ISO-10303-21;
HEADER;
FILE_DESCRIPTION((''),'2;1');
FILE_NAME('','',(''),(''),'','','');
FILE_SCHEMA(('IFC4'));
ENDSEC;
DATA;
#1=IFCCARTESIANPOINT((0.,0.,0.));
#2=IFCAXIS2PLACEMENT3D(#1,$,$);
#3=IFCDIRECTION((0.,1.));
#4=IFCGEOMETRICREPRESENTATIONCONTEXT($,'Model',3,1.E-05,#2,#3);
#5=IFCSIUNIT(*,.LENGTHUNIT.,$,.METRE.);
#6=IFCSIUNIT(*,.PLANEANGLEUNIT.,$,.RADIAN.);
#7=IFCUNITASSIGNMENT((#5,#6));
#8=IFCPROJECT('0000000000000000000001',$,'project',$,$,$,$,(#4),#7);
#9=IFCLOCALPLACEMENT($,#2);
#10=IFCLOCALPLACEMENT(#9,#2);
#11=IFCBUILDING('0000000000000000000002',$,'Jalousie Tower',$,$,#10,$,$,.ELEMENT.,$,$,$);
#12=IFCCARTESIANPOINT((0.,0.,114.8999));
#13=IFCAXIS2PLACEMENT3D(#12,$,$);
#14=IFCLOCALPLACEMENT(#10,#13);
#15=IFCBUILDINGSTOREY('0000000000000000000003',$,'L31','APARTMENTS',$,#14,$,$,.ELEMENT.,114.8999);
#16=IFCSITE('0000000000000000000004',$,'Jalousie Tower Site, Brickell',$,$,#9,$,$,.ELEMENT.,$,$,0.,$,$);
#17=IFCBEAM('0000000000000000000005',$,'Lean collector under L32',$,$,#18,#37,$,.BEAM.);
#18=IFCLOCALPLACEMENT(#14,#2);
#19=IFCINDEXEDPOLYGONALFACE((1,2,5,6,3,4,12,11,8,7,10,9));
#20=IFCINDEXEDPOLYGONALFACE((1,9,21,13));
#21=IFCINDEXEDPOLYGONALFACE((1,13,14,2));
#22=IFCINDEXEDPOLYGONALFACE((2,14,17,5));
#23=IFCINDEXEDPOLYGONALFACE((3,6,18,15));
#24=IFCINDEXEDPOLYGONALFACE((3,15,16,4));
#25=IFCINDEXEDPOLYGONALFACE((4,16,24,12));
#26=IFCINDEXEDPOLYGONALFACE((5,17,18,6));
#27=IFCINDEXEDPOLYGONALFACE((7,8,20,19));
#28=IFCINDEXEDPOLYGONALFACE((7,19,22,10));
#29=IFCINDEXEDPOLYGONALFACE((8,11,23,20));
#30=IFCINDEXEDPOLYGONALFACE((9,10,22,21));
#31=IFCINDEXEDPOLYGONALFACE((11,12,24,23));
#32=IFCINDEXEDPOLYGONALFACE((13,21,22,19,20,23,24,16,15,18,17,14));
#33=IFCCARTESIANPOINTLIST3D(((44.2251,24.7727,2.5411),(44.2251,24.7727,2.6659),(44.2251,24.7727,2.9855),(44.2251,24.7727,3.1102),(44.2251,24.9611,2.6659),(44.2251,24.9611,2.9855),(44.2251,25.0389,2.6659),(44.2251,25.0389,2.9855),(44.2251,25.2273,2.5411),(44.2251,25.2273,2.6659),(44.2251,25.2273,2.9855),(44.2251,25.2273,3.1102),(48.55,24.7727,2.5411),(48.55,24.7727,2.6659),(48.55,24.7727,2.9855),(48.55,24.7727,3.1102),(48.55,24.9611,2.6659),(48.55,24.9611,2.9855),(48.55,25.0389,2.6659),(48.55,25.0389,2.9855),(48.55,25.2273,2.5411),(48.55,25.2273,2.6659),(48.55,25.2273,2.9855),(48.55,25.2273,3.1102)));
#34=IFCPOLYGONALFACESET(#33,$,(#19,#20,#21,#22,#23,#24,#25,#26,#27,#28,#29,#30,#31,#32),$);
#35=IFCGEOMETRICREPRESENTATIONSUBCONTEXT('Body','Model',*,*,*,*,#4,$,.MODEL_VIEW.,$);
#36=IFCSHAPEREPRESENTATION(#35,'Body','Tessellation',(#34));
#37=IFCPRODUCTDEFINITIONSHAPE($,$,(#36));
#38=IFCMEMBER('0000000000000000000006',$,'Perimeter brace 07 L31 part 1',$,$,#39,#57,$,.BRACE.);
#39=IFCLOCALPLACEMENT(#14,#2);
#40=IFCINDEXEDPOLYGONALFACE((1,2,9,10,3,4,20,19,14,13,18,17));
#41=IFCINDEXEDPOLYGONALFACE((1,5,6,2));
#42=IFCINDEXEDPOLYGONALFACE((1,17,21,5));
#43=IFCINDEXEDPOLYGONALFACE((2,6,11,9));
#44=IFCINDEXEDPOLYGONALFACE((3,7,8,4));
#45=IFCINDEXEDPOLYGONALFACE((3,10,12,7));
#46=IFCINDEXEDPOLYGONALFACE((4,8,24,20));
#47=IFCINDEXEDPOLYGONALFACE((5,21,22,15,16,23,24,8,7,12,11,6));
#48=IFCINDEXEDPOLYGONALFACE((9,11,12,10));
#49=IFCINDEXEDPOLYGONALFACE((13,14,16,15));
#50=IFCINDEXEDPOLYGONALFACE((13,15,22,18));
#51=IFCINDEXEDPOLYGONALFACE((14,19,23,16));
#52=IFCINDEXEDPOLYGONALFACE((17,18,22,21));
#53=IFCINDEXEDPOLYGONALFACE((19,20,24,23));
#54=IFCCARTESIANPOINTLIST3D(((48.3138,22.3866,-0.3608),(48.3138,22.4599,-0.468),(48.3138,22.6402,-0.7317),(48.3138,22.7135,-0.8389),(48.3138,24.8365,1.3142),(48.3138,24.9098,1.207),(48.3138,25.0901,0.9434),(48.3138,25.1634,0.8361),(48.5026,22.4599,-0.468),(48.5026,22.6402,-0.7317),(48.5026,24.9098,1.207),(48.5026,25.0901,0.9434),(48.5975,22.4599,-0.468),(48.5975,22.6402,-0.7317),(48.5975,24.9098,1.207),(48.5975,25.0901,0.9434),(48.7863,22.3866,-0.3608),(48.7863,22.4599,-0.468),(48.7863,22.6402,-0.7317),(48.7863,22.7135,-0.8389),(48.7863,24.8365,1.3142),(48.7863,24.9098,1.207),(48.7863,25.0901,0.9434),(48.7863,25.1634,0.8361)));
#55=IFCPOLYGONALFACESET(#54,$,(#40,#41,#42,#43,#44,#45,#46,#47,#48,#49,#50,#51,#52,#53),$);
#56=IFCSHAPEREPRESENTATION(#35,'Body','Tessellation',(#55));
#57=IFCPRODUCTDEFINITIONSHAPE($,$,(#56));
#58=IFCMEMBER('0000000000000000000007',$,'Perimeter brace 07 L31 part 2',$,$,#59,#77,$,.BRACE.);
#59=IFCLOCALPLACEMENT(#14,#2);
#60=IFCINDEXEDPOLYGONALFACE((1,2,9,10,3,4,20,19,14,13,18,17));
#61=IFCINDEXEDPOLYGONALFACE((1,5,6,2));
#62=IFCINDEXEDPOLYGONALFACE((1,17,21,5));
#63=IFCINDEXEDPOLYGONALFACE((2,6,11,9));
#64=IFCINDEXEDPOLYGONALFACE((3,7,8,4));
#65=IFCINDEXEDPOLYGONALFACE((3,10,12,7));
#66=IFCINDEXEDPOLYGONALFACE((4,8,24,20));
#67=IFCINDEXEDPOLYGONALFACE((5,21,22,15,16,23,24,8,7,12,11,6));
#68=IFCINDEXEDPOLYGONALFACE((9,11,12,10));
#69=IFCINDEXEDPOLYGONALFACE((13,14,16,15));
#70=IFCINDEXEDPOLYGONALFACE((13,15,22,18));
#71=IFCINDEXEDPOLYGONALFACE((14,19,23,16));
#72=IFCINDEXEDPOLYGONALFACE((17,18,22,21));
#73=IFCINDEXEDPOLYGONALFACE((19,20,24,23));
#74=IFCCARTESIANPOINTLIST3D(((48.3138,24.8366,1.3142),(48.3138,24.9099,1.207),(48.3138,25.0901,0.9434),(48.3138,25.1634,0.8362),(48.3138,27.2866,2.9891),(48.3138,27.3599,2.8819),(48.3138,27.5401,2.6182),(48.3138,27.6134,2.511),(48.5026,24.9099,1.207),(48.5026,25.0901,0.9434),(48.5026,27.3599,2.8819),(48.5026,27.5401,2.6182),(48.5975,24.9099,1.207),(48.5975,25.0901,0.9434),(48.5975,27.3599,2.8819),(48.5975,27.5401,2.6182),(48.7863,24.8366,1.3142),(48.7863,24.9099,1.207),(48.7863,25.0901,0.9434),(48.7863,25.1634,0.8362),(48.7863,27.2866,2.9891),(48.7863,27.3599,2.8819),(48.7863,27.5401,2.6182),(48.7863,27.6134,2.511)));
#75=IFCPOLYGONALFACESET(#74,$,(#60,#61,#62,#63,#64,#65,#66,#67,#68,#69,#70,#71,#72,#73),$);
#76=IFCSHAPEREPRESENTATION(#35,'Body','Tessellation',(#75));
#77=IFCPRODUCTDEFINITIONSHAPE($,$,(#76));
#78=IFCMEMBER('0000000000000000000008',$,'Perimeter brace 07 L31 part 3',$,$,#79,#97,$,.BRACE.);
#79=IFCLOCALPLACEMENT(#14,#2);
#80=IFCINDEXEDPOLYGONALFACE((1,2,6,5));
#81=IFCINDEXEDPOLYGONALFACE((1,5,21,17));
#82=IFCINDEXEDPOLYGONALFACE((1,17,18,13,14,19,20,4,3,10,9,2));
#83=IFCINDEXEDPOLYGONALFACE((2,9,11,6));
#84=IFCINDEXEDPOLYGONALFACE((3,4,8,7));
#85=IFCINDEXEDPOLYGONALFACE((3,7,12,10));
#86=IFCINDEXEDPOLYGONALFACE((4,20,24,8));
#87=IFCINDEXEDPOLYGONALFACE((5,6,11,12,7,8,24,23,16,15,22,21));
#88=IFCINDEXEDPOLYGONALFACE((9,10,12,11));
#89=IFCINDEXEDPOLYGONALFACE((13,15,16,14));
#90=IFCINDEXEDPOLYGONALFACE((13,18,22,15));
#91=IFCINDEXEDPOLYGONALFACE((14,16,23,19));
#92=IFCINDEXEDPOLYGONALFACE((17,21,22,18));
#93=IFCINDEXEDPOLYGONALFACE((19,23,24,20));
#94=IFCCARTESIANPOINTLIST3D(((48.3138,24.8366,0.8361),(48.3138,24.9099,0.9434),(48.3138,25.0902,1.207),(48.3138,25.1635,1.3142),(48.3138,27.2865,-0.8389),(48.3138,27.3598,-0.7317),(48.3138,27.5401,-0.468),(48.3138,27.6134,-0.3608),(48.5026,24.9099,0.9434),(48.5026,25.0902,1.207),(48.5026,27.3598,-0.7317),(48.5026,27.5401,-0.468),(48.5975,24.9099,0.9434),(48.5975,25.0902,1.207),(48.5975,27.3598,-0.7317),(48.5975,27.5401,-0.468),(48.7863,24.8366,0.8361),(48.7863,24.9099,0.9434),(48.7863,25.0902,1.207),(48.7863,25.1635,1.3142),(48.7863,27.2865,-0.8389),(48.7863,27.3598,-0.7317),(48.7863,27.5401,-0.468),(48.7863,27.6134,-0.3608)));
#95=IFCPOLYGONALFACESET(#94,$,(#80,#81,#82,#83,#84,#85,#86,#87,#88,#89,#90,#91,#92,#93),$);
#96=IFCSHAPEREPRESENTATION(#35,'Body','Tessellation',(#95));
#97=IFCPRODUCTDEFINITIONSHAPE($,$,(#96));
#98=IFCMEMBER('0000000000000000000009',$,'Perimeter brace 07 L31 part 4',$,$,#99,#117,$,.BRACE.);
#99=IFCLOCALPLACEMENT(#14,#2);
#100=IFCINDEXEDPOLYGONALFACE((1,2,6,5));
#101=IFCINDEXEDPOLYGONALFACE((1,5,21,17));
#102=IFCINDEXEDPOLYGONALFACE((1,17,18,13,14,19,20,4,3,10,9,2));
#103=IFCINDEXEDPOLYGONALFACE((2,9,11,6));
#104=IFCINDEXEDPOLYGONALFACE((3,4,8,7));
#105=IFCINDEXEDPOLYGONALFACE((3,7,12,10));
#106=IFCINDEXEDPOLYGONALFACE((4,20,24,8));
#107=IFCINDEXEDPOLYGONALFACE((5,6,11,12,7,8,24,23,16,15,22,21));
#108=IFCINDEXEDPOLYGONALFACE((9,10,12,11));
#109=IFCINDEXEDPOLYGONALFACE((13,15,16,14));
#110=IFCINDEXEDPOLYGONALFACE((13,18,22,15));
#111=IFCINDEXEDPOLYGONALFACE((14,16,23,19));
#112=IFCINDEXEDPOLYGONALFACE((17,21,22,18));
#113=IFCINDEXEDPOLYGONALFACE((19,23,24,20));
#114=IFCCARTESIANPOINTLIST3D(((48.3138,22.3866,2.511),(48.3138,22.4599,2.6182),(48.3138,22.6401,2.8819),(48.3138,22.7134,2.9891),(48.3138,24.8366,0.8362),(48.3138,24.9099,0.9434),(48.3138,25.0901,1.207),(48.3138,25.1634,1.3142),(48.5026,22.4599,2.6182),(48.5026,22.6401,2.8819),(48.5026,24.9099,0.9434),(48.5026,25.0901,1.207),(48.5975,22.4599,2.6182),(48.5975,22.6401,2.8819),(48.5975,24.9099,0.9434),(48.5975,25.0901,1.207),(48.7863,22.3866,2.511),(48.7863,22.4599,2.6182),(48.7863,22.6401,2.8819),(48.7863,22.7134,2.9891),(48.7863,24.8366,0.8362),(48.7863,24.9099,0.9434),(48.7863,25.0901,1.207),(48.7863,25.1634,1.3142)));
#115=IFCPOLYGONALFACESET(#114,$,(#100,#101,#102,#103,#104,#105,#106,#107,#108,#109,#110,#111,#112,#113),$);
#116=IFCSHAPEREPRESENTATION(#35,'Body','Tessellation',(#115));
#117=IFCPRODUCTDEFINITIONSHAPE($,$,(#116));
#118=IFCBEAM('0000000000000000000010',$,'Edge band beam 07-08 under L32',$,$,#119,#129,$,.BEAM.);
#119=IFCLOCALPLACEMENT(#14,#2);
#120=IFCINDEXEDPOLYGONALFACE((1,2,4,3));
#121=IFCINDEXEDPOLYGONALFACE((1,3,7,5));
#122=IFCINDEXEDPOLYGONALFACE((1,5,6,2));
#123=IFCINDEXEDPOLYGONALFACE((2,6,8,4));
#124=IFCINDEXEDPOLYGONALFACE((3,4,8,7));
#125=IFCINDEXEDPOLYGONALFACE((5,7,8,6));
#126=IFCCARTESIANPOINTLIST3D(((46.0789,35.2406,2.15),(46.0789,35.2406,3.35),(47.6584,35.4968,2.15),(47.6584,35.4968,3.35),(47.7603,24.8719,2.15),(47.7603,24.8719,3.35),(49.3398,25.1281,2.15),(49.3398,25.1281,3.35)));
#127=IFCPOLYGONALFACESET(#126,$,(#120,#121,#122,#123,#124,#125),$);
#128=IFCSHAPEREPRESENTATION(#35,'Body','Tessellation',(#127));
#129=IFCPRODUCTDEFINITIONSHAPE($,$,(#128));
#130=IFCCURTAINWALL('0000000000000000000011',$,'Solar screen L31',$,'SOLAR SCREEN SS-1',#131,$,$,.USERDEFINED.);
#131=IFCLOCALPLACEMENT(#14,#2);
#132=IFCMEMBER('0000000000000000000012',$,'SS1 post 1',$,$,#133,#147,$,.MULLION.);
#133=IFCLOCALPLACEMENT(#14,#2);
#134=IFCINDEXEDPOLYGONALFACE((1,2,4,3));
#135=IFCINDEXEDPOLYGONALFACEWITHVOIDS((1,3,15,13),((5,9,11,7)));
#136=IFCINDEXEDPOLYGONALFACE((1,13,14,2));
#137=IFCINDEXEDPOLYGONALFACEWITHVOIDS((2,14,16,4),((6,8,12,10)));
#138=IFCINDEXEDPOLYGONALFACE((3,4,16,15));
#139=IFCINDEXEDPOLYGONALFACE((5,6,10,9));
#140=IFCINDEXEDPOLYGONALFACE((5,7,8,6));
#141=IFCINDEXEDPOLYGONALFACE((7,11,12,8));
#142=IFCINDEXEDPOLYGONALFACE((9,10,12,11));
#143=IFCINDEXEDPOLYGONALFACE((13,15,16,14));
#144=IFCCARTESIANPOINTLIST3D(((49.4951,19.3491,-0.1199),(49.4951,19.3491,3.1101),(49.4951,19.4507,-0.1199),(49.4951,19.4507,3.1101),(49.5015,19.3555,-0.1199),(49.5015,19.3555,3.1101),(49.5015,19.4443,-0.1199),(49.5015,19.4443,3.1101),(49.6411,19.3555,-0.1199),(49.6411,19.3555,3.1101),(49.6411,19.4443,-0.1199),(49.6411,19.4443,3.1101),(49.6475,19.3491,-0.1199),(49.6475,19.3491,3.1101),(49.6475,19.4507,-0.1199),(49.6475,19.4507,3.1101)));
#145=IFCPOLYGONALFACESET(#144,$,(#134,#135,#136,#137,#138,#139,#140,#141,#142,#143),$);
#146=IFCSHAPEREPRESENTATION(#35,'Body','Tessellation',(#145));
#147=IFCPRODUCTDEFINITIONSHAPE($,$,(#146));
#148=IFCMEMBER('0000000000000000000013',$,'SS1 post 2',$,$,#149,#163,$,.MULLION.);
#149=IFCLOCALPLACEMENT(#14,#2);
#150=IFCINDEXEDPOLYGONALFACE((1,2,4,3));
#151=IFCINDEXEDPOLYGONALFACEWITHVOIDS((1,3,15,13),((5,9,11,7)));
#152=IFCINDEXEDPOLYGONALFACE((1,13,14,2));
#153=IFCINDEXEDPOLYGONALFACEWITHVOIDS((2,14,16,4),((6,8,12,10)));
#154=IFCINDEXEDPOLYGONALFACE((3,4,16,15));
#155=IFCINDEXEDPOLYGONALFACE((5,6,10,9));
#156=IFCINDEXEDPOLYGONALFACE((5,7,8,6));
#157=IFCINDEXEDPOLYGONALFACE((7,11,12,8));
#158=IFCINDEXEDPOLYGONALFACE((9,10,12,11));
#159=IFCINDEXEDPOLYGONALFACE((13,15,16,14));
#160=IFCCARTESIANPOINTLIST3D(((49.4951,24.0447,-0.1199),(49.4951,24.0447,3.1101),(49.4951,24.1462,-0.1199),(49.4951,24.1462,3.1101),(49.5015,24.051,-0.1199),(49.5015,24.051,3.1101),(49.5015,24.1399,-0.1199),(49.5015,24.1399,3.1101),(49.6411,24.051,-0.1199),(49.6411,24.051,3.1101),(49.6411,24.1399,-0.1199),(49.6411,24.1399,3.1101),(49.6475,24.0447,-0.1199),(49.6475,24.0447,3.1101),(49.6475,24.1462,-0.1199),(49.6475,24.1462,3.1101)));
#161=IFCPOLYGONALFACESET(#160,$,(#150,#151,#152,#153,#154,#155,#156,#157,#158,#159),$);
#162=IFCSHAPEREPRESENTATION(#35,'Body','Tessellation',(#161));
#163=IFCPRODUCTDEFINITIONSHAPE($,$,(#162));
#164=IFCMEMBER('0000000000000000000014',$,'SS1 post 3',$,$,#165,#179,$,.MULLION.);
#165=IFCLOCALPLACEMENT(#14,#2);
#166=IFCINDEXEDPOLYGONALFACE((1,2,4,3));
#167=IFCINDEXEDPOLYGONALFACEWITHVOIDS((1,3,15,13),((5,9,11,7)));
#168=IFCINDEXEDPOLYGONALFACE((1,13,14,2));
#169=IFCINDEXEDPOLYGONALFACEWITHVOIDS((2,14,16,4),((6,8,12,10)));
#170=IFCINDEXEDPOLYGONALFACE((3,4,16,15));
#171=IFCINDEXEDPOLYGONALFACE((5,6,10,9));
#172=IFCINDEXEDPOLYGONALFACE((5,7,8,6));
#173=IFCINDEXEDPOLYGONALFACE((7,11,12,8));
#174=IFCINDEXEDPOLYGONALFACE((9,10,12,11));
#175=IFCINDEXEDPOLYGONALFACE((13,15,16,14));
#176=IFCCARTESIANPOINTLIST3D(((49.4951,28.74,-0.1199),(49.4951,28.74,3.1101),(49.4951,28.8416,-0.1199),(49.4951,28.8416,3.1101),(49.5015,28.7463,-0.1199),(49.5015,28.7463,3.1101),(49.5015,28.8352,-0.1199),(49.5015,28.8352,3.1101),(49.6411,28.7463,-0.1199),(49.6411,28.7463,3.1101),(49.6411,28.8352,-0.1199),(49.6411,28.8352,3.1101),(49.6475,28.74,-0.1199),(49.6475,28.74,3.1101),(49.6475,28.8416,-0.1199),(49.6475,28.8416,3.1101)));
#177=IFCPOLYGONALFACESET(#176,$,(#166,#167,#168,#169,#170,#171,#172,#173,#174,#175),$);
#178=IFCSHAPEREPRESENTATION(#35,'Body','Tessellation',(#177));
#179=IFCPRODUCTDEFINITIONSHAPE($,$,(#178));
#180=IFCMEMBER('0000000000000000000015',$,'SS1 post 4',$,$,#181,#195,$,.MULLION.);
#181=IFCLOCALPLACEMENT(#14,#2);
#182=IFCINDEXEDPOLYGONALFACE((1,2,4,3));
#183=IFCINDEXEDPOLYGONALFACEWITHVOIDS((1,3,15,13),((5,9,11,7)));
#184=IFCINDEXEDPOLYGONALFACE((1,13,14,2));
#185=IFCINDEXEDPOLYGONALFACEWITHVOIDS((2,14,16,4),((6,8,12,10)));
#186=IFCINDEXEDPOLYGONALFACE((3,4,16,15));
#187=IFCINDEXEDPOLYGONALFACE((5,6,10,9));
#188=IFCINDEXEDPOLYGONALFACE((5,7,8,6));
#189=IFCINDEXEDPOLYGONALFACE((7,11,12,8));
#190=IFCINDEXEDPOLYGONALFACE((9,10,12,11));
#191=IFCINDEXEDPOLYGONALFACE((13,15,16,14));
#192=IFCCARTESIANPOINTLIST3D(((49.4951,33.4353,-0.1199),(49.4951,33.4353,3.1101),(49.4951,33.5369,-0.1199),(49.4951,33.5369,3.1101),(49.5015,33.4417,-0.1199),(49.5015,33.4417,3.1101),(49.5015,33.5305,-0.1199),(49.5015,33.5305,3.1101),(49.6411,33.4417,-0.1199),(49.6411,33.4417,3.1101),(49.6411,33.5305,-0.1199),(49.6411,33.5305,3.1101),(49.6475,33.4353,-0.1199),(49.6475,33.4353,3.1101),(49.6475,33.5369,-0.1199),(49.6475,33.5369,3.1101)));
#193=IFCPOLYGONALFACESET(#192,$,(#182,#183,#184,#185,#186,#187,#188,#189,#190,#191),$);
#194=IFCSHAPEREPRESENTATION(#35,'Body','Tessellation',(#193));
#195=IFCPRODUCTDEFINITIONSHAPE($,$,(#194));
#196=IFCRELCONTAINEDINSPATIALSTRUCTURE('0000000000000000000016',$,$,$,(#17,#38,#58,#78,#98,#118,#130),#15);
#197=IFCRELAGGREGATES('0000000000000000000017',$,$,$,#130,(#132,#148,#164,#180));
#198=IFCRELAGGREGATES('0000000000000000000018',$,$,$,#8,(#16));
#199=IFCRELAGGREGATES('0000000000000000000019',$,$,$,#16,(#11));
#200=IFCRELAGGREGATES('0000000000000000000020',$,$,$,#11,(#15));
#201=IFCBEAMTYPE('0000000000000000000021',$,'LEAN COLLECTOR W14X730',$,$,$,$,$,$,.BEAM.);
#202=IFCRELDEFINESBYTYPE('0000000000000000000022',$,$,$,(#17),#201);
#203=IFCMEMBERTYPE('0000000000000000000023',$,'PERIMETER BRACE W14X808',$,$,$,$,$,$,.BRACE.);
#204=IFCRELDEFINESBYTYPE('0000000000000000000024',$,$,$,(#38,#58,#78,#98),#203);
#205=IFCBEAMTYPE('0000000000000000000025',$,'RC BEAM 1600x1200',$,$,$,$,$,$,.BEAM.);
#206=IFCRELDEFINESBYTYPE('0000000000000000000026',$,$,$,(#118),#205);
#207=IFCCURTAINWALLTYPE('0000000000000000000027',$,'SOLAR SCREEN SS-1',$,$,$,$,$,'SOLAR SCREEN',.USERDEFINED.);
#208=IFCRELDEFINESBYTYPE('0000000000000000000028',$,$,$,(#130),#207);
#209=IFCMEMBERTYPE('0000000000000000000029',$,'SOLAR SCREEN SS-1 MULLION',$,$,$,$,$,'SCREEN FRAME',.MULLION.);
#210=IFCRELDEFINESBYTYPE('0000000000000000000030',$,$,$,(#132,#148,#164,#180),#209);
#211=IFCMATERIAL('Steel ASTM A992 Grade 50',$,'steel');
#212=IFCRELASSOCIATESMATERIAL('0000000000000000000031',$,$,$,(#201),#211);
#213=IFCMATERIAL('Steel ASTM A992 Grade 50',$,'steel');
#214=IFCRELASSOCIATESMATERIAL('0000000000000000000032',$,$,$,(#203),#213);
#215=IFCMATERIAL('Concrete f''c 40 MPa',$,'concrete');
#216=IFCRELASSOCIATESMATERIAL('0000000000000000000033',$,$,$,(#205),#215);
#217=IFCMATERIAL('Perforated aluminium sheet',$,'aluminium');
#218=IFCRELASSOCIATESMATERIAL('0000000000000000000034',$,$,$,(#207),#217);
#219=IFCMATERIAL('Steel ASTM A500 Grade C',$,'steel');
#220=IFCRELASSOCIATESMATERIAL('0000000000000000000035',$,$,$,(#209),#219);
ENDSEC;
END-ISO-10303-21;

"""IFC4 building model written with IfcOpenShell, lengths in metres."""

from ifc_helpers import new_model, si_unit, direction, frame, origin, origin_2d, place, context, subcontext, project, spatial, rectangle, hollow_rectangle, i_section, extrude, material, material_profile, profile_set, type_object, element, aggregate, save


model = new_model("IFC4")

# Units and contexts
model_context = context("Model", 3, precision=1e-05, world=origin(), true_north=direction((0.0, 1.0)))
body_context = subcontext(model_context, "Body", "Model", "MODEL_VIEW")
ifc_project = project(units=[si_unit("LENGTHUNIT", "METRE"), si_unit("PLANEANGLEUNIT", "RADIAN")], contexts=[model_context])

# Site, building, storey
site_placement = place(None, origin())
site = spatial("IfcSite", under=ifc_project, at=site_placement, Name="Jalousie Tower Site, Brickell", CompositionType="ELEMENT", RefElevation=0.0)
building_placement = place(site_placement, origin())
building = spatial("IfcBuilding", under=site, at=building_placement, Name="Jalousie Tower", CompositionType="ELEMENT")
storey_placement = place(building_placement, frame((0.0, 0.0, 114.8999)))
storey = spatial("IfcBuildingStorey", under=building, at=storey_placement, Name="L31", Description="APARTMENTS", CompositionType="ELEMENT", Elevation=114.8999)

# Beam
ifc_material_1 = material(Name="Steel ASTM A992 Grade 50", Category="steel")
ifc_material_profile_1 = material_profile(ifc_material_1, i_section(OverallWidth=0.4546, OverallDepth=0.5691, WebThickness=0.0779, FlangeThickness=0.1248, at=origin_2d()), Name="W14X730")
ifc_profile_set_1 = profile_set([ifc_material_profile_1], Name="Steel ASTM A992 Grade 50")
beam_type_1 = type_object("IfcBeamType", Name="LEAN COLLECTOR W14X730", PredefinedType="BEAM", material=ifc_profile_set_1)
beam_1_placement = place(storey_placement, frame((48.55, 25.0, 2.8257), z_axis=(-1.0, 0.0, 0.0), x_axis=(0.0, -1.0, 0.0)))
element("IfcBeam", 1, at=beam_1_placement, inside=storey, type_object=beam_type_1, Name="Lean collector under L32", PredefinedType="BEAM", context=body_context, shape_type="SweptSolid", body=[
    extrude(i_section(OverallWidth=0.4546, OverallDepth=0.5691, WebThickness=0.0779, FlangeThickness=0.1248, at=origin_2d()), origin(), (0.0, 0.0, 1.0), 4.325),
])

# Members
ifc_material_2 = material(Name="Steel ASTM A992 Grade 50", Category="steel")
ifc_material_profile_2 = material_profile(ifc_material_2, i_section(OverallWidth=0.4724, OverallDepth=0.5791, WebThickness=0.095, FlangeThickness=0.1299, at=origin_2d()), Name="W14X808")
ifc_profile_set_2 = profile_set([ifc_material_profile_2], Name="Steel ASTM A992 Grade 50")
member_type_1 = type_object("IfcMemberType", Name="PERIMETER BRACE W14X808", PredefinedType="BRACE", material=ifc_profile_set_2)
for number, where, z_axis, x_axis, name in (
    (2, (48.55, 22.55, -0.5999), (0.0, 0.825501, 0.564401), (-1.0, 0.0, 0.0), "Perimeter brace 07 L31 part 1"),
    (3, (48.55, 25.0, 1.0752), (0.0, 0.825539, 0.564345), (-1.0, 0.0, 0.0), "Perimeter brace 07 L31 part 2"),
    (4, (48.55, 27.45, -0.5999), (0.0, -0.825501, 0.564401), (1.0, 0.0, 0.0), "Perimeter brace 07 L31 part 3"),
    (5, (48.55, 25.0, 1.0752), (0.0, -0.825539, 0.564345), (1.0, 0.0, 0.0), "Perimeter brace 07 L31 part 4"),
):
    element("IfcMember", number, at=place(storey_placement, frame(where, z_axis=z_axis, x_axis=x_axis)), inside=storey, type_object=member_type_1, Name=name, PredefinedType="BRACE", context=body_context, shape_type="SweptSolid", body=[
        extrude(i_section(OverallWidth=0.4724, OverallDepth=0.5791, WebThickness=0.095, FlangeThickness=0.1299, at=origin_2d()), origin(), (0.0, 0.0, 1.0), 2.9678),
    ])

# Beam
ifc_material_3 = material(Name="Concrete f'c 40 MPa", Category="concrete")
ifc_material_profile_3 = material_profile(ifc_material_3, rectangle(XDim=1.6001, YDim=1.2, at=origin_2d()), Name="RC 1600x1200")
ifc_profile_set_3 = profile_set([ifc_material_profile_3], Name="Concrete f'c 40 MPa")
beam_type_2 = type_object("IfcBeamType", Name="RC BEAM 1600x1200", PredefinedType="BEAM", material=ifc_profile_set_3)
beam_2_placement = place(storey_placement, frame((48.55, 25.0, 2.75), z_axis=(-0.160071, 0.987106, 0.0), x_axis=(-0.987106, -0.160071, 0.0)))
element("IfcBeam", 6, at=beam_2_placement, inside=storey, type_object=beam_type_2, Name="Edge band beam 07-08 under L32", PredefinedType="BEAM", context=body_context, shape_type="SweptSolid", body=[
    extrude(rectangle(XDim=1.6001, YDim=1.2, at=origin_2d()), origin(), (0.0, 0.0, 1.0), 10.5042),
])

# Curtain wall, members
ifc_material_4 = material(Name="Perforated aluminium sheet", Category="aluminium")
curtain_wall_type = type_object("IfcCurtainWallType", Name="SOLAR SCREEN SS-1", ElementType="SOLAR SCREEN", PredefinedType="USERDEFINED", material=ifc_material_4)
curtain_wall_placement = place(storey_placement, origin())
curtain_wall = element("IfcCurtainWall", 7, at=curtain_wall_placement, inside=storey, type_object=curtain_wall_type, Name="Solar screen L31", ObjectType="SOLAR SCREEN SS-1", PredefinedType="USERDEFINED")
ifc_material_5 = material(Name="Steel ASTM A500 Grade C", Category="steel")
ifc_material_profile_4 = material_profile(ifc_material_5, hollow_rectangle(XDim=0.1016, YDim=0.1523, WallThickness=0.0063, at=origin_2d()), Name="HSS6X4X1/4")
ifc_profile_set_4 = profile_set([ifc_material_profile_4], Name="Steel ASTM A500 Grade C")
member_type_2 = type_object("IfcMemberType", Name="SOLAR SCREEN SS-1 MULLION", ElementType="SCREEN FRAME", PredefinedType="MULLION", material=ifc_profile_set_4)
member_1_placement = place(storey_placement, frame((49.5713, 19.3999, -0.1199), z_axis=(0.0, 0.0, 1.0), x_axis=(0.0, 1.0, 0.0)))
member_1 = element("IfcMember", 8, at=member_1_placement, type_object=member_type_2, Name="SS1 post 1", PredefinedType="MULLION", context=body_context, shape_type="SweptSolid", body=[
    extrude(hollow_rectangle(XDim=0.1016, YDim=0.1523, WallThickness=0.0063, at=origin_2d()), origin(), (0.0, 0.0, 1.0), 3.23),
])
member_2_placement = place(storey_placement, frame((49.5713, 24.0955, -0.1199), z_axis=(0.0, 0.0, 1.0), x_axis=(0.0, 1.0, 0.0)))
member_2 = element("IfcMember", 9, at=member_2_placement, type_object=member_type_2, Name="SS1 post 2", PredefinedType="MULLION", context=body_context, shape_type="SweptSolid", body=[
    extrude(hollow_rectangle(XDim=0.1016, YDim=0.1523, WallThickness=0.0063, at=origin_2d()), origin(), (0.0, 0.0, 1.0), 3.23),
])
member_3_placement = place(storey_placement, frame((49.5713, 28.7908, -0.1199), z_axis=(0.0, 0.0, 1.0), x_axis=(0.0, 1.0, 0.0)))
member_3 = element("IfcMember", 10, at=member_3_placement, type_object=member_type_2, Name="SS1 post 3", PredefinedType="MULLION", context=body_context, shape_type="SweptSolid", body=[
    extrude(hollow_rectangle(XDim=0.1016, YDim=0.1523, WallThickness=0.0063, at=origin_2d()), origin(), (0.0, 0.0, 1.0), 3.23),
])
member_4_placement = place(storey_placement, frame((49.5713, 33.4861, -0.1199), z_axis=(0.0, 0.0, 1.0), x_axis=(0.0, 1.0, 0.0)))
member_4 = element("IfcMember", 11, at=member_4_placement, type_object=member_type_2, Name="SS1 post 4", PredefinedType="MULLION", context=body_context, shape_type="SweptSolid", body=[
    extrude(hollow_rectangle(XDim=0.1016, YDim=0.1523, WallThickness=0.0063, at=origin_2d()), origin(), (0.0, 0.0, 1.0), 3.23),
])
aggregate(curtain_wall, [member_1, member_2, member_3, member_4])

save(model, "model.ifc")
